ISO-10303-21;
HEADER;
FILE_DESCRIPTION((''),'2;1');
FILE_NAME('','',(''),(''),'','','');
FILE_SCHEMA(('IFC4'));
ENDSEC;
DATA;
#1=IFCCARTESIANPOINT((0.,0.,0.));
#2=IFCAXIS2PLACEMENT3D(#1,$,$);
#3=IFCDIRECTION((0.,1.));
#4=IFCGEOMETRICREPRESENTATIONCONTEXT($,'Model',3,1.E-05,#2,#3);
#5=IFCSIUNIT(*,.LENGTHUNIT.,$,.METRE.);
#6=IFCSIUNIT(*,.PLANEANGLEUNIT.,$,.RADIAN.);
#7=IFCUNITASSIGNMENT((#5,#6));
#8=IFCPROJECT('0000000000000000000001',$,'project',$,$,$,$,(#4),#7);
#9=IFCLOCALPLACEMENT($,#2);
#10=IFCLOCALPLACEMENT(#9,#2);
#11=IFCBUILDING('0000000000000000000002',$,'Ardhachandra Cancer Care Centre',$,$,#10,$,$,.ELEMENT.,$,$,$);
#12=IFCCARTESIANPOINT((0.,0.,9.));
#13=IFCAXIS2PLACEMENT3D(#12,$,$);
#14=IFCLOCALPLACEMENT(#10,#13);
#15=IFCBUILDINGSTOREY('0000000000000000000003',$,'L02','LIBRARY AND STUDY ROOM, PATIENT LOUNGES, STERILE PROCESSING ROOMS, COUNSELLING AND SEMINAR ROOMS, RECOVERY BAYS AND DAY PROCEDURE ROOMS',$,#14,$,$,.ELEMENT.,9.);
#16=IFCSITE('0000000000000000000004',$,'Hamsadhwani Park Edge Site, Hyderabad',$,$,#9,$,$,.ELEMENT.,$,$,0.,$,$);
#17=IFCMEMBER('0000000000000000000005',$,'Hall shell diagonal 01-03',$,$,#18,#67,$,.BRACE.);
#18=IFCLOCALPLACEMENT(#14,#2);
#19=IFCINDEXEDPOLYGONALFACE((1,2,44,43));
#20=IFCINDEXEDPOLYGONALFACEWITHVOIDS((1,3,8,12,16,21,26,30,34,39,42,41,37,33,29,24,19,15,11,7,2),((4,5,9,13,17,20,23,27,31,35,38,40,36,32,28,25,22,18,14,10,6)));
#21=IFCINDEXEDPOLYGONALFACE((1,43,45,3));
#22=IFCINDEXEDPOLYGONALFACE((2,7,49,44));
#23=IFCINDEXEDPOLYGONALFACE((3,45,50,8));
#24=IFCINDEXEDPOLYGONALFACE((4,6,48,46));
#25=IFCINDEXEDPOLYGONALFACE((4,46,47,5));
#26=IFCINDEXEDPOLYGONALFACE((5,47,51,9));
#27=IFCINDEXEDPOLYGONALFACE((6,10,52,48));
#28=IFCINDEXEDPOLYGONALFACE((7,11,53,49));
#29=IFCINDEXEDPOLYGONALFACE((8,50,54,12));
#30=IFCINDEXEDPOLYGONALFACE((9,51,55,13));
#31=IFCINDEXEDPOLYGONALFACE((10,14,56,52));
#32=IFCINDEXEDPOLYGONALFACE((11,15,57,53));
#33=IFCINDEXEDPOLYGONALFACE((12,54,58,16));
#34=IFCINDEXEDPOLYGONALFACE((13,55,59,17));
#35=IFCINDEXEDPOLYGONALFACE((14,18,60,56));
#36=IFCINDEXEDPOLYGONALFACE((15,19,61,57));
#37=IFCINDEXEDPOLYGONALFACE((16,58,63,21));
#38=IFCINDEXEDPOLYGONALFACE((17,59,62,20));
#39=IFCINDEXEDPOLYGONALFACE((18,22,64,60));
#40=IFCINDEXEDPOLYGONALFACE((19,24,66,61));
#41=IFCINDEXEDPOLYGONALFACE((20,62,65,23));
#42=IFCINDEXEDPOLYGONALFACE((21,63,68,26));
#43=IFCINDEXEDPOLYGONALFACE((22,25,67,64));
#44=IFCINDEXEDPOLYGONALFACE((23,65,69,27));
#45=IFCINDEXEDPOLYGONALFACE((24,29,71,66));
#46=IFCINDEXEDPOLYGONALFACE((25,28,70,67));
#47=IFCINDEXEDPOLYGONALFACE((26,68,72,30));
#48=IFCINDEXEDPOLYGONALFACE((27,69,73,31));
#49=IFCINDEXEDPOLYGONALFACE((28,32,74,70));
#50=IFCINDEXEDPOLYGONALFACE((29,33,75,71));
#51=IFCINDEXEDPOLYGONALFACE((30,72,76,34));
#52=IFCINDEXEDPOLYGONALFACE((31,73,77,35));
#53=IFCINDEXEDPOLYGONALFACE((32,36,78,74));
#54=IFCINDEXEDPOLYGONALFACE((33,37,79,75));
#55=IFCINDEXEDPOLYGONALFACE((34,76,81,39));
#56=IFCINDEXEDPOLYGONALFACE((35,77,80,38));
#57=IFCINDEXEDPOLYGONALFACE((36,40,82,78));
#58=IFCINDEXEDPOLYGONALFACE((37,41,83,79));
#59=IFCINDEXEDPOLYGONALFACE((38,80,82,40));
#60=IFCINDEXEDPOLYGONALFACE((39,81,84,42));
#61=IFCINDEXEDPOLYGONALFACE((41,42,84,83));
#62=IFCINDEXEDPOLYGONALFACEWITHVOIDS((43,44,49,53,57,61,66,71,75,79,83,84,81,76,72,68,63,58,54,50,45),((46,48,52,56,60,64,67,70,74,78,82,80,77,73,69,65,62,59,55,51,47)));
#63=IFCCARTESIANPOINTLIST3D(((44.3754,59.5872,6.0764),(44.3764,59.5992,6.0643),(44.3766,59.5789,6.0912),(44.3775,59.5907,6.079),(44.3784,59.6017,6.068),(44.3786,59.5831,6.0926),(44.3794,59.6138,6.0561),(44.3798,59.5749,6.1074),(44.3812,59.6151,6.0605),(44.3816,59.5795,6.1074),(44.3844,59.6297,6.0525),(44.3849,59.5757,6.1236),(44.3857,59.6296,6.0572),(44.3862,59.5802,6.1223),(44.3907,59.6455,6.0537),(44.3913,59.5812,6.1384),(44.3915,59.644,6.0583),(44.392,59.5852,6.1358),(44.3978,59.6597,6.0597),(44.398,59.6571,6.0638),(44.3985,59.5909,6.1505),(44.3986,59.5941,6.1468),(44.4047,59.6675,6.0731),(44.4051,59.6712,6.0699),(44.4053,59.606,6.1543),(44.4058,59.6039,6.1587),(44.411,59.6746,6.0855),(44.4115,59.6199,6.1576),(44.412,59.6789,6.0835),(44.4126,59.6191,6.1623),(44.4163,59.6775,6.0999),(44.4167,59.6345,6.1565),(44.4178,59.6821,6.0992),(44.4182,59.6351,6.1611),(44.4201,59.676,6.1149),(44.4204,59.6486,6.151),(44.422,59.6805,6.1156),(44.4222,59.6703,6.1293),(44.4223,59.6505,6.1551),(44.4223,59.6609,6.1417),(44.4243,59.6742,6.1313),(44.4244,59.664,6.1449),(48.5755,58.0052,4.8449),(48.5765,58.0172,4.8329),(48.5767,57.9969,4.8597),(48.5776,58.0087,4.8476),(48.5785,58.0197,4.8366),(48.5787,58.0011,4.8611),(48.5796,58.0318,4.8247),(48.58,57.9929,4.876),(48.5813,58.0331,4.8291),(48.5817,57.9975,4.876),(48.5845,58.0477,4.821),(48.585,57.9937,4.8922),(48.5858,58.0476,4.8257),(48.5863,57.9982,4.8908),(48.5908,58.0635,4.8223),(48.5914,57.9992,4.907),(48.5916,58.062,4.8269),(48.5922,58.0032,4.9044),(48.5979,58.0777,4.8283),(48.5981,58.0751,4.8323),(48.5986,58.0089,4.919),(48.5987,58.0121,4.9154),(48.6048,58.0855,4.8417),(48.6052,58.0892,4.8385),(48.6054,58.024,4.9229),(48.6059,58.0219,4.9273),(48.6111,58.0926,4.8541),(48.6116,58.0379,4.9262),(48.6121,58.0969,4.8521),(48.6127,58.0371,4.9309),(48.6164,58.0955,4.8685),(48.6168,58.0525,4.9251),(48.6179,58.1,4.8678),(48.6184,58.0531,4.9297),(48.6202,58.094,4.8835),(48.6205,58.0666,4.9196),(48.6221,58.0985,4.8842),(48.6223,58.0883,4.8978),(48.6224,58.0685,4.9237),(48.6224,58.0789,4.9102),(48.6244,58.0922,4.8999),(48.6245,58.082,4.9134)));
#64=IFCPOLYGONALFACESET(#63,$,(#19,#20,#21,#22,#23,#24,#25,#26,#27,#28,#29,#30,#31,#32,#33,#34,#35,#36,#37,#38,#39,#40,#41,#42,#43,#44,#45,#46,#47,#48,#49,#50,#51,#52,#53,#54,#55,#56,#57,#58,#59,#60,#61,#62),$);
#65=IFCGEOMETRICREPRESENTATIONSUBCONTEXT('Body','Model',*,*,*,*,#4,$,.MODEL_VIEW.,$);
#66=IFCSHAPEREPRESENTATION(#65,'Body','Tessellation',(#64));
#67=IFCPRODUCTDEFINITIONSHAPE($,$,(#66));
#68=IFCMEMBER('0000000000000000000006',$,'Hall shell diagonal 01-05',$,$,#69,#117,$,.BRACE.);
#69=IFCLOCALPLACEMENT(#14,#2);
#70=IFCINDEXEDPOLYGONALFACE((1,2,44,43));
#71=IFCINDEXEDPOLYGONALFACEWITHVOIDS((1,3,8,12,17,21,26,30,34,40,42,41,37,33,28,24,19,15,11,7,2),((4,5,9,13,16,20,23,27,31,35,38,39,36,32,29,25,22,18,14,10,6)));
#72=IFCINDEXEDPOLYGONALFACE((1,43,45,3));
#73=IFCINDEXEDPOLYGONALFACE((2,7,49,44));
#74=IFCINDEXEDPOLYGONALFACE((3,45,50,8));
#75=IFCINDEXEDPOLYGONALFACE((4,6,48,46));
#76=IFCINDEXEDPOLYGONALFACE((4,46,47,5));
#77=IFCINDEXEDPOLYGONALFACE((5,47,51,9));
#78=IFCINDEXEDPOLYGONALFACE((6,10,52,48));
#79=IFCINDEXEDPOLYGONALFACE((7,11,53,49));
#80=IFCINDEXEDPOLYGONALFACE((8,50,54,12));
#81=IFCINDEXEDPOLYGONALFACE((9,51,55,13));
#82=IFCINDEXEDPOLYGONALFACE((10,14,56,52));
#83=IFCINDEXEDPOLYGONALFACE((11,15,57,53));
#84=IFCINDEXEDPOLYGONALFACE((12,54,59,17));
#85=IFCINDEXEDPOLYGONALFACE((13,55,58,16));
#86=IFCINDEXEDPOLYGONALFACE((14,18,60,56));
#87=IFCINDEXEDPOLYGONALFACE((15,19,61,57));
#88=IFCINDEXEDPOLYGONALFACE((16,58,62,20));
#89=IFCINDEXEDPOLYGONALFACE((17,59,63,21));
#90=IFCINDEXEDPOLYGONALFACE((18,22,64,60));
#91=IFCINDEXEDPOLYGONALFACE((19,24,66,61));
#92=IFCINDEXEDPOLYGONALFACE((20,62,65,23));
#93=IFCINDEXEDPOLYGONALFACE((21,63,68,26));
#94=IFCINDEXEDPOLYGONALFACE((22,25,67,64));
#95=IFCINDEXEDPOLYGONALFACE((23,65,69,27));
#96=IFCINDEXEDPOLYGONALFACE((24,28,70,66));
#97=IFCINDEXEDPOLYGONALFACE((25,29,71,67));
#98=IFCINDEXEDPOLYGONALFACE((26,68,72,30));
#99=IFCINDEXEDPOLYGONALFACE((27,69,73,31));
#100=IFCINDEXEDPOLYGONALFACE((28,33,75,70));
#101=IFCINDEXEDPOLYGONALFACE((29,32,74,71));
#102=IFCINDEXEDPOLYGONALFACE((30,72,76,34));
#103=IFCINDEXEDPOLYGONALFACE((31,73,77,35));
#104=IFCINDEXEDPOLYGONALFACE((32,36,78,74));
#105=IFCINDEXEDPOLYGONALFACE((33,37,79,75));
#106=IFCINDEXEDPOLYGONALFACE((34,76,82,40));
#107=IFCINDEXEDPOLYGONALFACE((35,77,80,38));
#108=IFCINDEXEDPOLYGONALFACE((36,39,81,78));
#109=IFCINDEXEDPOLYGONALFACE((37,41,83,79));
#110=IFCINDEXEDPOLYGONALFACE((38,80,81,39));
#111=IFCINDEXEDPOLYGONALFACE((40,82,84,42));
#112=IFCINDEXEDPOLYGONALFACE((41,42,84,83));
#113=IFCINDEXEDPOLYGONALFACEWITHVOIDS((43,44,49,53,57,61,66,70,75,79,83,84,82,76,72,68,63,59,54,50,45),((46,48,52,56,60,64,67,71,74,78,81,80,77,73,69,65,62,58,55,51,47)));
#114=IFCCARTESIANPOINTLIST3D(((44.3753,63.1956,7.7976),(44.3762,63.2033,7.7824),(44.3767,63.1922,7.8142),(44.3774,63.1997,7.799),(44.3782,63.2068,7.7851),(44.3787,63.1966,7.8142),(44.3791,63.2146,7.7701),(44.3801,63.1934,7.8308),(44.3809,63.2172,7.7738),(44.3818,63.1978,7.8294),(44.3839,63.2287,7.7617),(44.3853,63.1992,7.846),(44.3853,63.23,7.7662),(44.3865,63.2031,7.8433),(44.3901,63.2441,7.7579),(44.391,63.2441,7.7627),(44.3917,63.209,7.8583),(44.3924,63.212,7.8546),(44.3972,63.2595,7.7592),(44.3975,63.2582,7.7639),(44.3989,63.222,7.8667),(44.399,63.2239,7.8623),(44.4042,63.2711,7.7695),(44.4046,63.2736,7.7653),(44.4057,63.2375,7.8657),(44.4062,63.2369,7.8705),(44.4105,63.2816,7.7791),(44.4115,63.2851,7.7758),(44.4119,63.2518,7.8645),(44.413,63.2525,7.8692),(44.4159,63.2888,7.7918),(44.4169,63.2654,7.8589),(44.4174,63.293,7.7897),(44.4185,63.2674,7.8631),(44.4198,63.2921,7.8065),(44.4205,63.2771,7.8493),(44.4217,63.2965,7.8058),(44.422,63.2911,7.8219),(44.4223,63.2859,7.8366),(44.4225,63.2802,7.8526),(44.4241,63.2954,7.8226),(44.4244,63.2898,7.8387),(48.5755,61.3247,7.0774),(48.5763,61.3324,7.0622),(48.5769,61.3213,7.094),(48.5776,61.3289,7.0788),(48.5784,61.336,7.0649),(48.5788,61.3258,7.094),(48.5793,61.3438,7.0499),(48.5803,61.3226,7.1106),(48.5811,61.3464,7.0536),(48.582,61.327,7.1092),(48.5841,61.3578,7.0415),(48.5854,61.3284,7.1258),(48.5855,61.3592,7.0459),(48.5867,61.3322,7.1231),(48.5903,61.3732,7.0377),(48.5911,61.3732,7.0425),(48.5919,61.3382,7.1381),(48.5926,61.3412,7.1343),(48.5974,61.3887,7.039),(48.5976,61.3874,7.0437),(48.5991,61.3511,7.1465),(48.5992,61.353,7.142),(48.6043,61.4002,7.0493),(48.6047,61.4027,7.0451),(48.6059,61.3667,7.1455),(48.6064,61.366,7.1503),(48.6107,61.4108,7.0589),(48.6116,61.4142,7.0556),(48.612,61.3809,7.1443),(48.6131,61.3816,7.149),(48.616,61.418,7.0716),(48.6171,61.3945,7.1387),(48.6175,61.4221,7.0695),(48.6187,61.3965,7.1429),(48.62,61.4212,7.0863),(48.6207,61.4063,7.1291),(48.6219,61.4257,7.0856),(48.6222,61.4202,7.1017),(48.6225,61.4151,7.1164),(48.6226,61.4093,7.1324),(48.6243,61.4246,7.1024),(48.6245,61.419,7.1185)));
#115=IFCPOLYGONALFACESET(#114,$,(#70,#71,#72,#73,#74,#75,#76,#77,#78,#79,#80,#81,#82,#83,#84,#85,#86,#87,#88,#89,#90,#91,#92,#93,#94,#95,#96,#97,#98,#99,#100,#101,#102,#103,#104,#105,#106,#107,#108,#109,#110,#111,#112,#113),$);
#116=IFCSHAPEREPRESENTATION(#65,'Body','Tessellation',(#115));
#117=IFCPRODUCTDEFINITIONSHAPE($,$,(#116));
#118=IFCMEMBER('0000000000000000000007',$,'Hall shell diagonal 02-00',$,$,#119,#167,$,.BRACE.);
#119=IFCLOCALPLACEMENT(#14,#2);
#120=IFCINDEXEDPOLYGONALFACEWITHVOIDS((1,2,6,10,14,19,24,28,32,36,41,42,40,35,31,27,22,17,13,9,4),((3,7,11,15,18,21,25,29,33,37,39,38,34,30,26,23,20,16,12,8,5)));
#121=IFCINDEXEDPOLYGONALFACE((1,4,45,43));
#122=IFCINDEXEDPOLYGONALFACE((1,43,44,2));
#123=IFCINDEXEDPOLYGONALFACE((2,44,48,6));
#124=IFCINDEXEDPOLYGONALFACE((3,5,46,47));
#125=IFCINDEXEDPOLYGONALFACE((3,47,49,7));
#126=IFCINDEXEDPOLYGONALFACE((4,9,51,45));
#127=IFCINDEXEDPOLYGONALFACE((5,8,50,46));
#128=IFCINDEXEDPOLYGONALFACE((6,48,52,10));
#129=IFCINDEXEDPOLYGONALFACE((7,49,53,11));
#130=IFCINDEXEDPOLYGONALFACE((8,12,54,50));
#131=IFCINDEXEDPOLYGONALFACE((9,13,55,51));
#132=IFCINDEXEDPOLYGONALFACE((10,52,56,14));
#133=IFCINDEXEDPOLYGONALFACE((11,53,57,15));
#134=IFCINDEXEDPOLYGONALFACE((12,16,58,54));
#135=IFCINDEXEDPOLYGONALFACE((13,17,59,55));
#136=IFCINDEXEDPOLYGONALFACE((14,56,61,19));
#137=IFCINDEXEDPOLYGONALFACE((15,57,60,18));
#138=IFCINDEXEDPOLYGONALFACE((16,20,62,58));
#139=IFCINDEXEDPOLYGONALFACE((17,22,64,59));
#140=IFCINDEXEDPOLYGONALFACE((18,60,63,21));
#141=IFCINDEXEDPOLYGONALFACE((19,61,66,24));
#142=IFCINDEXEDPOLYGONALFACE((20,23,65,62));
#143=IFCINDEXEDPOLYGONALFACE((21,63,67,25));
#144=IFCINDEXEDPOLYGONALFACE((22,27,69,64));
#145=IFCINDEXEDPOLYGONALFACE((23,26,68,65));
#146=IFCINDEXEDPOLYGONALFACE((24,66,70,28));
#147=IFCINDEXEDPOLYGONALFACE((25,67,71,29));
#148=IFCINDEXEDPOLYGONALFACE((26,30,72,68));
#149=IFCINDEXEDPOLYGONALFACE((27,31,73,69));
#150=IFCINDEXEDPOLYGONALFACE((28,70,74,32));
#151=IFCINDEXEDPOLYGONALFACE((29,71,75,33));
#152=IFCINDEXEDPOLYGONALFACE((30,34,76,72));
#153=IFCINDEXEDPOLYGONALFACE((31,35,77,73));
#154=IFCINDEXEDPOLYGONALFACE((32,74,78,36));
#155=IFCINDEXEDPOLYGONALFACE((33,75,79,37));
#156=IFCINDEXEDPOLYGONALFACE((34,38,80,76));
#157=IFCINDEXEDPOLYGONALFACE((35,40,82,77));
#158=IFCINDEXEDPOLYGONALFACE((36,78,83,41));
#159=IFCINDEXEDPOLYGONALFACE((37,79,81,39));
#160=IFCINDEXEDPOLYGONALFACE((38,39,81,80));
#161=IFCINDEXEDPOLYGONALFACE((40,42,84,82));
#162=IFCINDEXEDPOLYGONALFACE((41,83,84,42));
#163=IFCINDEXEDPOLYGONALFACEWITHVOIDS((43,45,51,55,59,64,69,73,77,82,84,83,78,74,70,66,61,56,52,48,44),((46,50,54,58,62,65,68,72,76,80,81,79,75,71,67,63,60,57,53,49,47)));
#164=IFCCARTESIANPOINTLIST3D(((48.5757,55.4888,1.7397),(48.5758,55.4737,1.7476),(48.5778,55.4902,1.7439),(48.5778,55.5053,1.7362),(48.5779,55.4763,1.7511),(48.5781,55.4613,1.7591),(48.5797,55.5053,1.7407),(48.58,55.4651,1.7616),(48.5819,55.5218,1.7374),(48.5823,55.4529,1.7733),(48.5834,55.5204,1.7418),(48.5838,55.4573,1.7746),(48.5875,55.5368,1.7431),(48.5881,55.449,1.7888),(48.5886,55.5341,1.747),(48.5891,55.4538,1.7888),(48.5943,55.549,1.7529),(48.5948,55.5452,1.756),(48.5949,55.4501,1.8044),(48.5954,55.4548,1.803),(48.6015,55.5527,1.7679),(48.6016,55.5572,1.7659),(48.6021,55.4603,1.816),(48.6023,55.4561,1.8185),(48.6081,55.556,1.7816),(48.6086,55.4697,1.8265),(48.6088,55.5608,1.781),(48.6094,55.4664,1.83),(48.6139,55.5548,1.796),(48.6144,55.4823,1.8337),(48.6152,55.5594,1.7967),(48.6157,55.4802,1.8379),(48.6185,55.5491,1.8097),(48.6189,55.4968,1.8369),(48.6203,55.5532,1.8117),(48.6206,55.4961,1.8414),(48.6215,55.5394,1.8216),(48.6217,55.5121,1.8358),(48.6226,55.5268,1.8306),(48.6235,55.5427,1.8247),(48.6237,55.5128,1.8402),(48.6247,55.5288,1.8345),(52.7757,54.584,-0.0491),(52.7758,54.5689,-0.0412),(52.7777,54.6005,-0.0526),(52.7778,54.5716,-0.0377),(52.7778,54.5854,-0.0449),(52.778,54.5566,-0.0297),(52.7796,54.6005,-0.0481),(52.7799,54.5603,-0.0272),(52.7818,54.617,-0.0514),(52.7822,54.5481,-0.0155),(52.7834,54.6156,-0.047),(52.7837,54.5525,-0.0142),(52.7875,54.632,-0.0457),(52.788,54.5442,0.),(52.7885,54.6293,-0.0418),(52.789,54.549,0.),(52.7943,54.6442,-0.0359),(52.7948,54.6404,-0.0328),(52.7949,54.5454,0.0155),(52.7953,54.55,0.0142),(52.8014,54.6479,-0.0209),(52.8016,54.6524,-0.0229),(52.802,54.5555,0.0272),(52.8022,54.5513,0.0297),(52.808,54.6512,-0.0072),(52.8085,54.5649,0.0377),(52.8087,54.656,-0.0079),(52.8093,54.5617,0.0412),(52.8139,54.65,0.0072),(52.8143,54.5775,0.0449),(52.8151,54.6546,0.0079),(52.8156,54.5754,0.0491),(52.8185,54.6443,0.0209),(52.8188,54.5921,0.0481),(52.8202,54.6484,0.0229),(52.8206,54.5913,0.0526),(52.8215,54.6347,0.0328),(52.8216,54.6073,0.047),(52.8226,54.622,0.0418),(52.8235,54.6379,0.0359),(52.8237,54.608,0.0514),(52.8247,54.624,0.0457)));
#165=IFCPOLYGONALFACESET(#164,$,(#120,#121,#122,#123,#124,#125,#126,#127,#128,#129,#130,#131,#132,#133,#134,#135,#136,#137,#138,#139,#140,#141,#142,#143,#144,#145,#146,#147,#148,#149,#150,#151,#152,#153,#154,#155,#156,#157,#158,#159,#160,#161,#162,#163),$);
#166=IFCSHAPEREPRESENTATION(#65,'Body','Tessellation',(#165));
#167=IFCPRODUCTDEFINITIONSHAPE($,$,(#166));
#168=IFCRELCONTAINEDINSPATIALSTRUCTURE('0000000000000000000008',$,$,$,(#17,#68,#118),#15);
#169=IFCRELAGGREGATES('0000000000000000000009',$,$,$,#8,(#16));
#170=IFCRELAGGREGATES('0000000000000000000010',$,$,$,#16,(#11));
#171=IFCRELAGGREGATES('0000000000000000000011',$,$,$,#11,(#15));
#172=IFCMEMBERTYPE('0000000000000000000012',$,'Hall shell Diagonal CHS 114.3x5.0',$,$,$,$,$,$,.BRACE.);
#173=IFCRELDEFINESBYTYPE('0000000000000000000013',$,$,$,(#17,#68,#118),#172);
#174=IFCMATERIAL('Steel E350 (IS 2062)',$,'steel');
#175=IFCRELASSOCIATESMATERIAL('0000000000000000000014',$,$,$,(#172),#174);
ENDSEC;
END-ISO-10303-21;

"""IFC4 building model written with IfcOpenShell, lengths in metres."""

from ifc_helpers import new_model, si_unit, direction, frame, origin, origin_2d, place, context, subcontext, project, spatial, hollow_circle, extrude, material, material_profile, profile_set, type_object, element, save


model = new_model("IFC4")

# Units and contexts
model_context = context("Model", 3, precision=1e-05, world=origin(), true_north=direction((0.0, 1.0)))
body_context = subcontext(model_context, "Body", "Model", "MODEL_VIEW")
ifc_project = project(units=[si_unit("LENGTHUNIT", "METRE"), si_unit("PLANEANGLEUNIT", "RADIAN")], contexts=[model_context])

# Site, building, storey
site_placement = place(None, origin())
site = spatial("IfcSite", under=ifc_project, at=site_placement, Name="Hamsadhwani Park Edge Site, Hyderabad", CompositionType="ELEMENT", RefElevation=0.0)
building_placement = place(site_placement, origin())
building = spatial("IfcBuilding", under=site, at=building_placement, Name="Ardhachandra Cancer Care Centre", CompositionType="ELEMENT")
storey_placement = place(building_placement, frame((0.0, 0.0, 9.0)))
storey = spatial("IfcBuildingStorey", under=building, at=storey_placement, Name="L02", Description="LIBRARY AND STUDY ROOM, PATIENT LOUNGES, STERILE PROCESSING ROOMS, COUNSELLING AND SEMINAR ROOMS, RECOVERY BAYS AND DAY PROCEDURE ROOMS", CompositionType="ELEMENT", Elevation=9.0)

# Members
ifc_material_1 = material(Name="Steel E350 (IS 2062)", Category="steel")
ifc_material_profile_1 = material_profile(ifc_material_1, hollow_circle(Radius=0.0571, WallThickness=0.0049, at=origin_2d()), Name="CHS 114.3x5.0")
ifc_profile_set_1 = profile_set([ifc_material_profile_1], Name="Steel E350 (IS 2062)")
member_type_1 = type_object("IfcMemberType", Name="Hall shell Diagonal CHS 114.3x5.0", PredefinedType="BRACE", material=ifc_profile_set_1)
for number, where, z_axis, x_axis, name in (
    (1, (48.6001, 58.0464, 4.876), (-0.902466, 0.33992, 0.264592), (-0.352482, -0.935819, 0.0), "Hall shell diagonal 01-03"),
    (2, (48.6001, 61.3735, 7.094), (-0.902477, 0.401981, 0.154749), (-0.406882, -0.913481, 0.0), "Hall shell diagonal 01-05"),
):
    element("IfcMember", number, at=place(storey_placement, frame(where, z_axis=z_axis, x_axis=x_axis)), inside=storey, type_object=member_type_1, Name=name, PredefinedType="BRACE", context=body_context, shape_type="SweptSolid", body=[
        extrude(hollow_circle(Radius=0.0571, WallThickness=0.0049, at=origin_2d()), origin(), (0.0, 0.0, 1.0), 4.6541),
    ])
for number, where, z_axis, x_axis, name in (
    (3, (52.8, 54.6001, 0.0), (-0.902473, 0.194417, 0.384376), (-0.210596, -0.977573, 0.0), "Hall shell diagonal 02-00"),
):
    element("IfcMember", number, at=place(storey_placement, frame(where, z_axis=z_axis, x_axis=x_axis)), inside=storey, type_object=member_type_1, Name=name, PredefinedType="BRACE", context=body_context, shape_type="SweptSolid", body=[
        extrude(hollow_circle(Radius=0.0571, WallThickness=0.0049, at=origin_2d()), origin(), (0.0, 0.0, 1.0), 4.6538),
    ])

save(model, "model.ifc")
